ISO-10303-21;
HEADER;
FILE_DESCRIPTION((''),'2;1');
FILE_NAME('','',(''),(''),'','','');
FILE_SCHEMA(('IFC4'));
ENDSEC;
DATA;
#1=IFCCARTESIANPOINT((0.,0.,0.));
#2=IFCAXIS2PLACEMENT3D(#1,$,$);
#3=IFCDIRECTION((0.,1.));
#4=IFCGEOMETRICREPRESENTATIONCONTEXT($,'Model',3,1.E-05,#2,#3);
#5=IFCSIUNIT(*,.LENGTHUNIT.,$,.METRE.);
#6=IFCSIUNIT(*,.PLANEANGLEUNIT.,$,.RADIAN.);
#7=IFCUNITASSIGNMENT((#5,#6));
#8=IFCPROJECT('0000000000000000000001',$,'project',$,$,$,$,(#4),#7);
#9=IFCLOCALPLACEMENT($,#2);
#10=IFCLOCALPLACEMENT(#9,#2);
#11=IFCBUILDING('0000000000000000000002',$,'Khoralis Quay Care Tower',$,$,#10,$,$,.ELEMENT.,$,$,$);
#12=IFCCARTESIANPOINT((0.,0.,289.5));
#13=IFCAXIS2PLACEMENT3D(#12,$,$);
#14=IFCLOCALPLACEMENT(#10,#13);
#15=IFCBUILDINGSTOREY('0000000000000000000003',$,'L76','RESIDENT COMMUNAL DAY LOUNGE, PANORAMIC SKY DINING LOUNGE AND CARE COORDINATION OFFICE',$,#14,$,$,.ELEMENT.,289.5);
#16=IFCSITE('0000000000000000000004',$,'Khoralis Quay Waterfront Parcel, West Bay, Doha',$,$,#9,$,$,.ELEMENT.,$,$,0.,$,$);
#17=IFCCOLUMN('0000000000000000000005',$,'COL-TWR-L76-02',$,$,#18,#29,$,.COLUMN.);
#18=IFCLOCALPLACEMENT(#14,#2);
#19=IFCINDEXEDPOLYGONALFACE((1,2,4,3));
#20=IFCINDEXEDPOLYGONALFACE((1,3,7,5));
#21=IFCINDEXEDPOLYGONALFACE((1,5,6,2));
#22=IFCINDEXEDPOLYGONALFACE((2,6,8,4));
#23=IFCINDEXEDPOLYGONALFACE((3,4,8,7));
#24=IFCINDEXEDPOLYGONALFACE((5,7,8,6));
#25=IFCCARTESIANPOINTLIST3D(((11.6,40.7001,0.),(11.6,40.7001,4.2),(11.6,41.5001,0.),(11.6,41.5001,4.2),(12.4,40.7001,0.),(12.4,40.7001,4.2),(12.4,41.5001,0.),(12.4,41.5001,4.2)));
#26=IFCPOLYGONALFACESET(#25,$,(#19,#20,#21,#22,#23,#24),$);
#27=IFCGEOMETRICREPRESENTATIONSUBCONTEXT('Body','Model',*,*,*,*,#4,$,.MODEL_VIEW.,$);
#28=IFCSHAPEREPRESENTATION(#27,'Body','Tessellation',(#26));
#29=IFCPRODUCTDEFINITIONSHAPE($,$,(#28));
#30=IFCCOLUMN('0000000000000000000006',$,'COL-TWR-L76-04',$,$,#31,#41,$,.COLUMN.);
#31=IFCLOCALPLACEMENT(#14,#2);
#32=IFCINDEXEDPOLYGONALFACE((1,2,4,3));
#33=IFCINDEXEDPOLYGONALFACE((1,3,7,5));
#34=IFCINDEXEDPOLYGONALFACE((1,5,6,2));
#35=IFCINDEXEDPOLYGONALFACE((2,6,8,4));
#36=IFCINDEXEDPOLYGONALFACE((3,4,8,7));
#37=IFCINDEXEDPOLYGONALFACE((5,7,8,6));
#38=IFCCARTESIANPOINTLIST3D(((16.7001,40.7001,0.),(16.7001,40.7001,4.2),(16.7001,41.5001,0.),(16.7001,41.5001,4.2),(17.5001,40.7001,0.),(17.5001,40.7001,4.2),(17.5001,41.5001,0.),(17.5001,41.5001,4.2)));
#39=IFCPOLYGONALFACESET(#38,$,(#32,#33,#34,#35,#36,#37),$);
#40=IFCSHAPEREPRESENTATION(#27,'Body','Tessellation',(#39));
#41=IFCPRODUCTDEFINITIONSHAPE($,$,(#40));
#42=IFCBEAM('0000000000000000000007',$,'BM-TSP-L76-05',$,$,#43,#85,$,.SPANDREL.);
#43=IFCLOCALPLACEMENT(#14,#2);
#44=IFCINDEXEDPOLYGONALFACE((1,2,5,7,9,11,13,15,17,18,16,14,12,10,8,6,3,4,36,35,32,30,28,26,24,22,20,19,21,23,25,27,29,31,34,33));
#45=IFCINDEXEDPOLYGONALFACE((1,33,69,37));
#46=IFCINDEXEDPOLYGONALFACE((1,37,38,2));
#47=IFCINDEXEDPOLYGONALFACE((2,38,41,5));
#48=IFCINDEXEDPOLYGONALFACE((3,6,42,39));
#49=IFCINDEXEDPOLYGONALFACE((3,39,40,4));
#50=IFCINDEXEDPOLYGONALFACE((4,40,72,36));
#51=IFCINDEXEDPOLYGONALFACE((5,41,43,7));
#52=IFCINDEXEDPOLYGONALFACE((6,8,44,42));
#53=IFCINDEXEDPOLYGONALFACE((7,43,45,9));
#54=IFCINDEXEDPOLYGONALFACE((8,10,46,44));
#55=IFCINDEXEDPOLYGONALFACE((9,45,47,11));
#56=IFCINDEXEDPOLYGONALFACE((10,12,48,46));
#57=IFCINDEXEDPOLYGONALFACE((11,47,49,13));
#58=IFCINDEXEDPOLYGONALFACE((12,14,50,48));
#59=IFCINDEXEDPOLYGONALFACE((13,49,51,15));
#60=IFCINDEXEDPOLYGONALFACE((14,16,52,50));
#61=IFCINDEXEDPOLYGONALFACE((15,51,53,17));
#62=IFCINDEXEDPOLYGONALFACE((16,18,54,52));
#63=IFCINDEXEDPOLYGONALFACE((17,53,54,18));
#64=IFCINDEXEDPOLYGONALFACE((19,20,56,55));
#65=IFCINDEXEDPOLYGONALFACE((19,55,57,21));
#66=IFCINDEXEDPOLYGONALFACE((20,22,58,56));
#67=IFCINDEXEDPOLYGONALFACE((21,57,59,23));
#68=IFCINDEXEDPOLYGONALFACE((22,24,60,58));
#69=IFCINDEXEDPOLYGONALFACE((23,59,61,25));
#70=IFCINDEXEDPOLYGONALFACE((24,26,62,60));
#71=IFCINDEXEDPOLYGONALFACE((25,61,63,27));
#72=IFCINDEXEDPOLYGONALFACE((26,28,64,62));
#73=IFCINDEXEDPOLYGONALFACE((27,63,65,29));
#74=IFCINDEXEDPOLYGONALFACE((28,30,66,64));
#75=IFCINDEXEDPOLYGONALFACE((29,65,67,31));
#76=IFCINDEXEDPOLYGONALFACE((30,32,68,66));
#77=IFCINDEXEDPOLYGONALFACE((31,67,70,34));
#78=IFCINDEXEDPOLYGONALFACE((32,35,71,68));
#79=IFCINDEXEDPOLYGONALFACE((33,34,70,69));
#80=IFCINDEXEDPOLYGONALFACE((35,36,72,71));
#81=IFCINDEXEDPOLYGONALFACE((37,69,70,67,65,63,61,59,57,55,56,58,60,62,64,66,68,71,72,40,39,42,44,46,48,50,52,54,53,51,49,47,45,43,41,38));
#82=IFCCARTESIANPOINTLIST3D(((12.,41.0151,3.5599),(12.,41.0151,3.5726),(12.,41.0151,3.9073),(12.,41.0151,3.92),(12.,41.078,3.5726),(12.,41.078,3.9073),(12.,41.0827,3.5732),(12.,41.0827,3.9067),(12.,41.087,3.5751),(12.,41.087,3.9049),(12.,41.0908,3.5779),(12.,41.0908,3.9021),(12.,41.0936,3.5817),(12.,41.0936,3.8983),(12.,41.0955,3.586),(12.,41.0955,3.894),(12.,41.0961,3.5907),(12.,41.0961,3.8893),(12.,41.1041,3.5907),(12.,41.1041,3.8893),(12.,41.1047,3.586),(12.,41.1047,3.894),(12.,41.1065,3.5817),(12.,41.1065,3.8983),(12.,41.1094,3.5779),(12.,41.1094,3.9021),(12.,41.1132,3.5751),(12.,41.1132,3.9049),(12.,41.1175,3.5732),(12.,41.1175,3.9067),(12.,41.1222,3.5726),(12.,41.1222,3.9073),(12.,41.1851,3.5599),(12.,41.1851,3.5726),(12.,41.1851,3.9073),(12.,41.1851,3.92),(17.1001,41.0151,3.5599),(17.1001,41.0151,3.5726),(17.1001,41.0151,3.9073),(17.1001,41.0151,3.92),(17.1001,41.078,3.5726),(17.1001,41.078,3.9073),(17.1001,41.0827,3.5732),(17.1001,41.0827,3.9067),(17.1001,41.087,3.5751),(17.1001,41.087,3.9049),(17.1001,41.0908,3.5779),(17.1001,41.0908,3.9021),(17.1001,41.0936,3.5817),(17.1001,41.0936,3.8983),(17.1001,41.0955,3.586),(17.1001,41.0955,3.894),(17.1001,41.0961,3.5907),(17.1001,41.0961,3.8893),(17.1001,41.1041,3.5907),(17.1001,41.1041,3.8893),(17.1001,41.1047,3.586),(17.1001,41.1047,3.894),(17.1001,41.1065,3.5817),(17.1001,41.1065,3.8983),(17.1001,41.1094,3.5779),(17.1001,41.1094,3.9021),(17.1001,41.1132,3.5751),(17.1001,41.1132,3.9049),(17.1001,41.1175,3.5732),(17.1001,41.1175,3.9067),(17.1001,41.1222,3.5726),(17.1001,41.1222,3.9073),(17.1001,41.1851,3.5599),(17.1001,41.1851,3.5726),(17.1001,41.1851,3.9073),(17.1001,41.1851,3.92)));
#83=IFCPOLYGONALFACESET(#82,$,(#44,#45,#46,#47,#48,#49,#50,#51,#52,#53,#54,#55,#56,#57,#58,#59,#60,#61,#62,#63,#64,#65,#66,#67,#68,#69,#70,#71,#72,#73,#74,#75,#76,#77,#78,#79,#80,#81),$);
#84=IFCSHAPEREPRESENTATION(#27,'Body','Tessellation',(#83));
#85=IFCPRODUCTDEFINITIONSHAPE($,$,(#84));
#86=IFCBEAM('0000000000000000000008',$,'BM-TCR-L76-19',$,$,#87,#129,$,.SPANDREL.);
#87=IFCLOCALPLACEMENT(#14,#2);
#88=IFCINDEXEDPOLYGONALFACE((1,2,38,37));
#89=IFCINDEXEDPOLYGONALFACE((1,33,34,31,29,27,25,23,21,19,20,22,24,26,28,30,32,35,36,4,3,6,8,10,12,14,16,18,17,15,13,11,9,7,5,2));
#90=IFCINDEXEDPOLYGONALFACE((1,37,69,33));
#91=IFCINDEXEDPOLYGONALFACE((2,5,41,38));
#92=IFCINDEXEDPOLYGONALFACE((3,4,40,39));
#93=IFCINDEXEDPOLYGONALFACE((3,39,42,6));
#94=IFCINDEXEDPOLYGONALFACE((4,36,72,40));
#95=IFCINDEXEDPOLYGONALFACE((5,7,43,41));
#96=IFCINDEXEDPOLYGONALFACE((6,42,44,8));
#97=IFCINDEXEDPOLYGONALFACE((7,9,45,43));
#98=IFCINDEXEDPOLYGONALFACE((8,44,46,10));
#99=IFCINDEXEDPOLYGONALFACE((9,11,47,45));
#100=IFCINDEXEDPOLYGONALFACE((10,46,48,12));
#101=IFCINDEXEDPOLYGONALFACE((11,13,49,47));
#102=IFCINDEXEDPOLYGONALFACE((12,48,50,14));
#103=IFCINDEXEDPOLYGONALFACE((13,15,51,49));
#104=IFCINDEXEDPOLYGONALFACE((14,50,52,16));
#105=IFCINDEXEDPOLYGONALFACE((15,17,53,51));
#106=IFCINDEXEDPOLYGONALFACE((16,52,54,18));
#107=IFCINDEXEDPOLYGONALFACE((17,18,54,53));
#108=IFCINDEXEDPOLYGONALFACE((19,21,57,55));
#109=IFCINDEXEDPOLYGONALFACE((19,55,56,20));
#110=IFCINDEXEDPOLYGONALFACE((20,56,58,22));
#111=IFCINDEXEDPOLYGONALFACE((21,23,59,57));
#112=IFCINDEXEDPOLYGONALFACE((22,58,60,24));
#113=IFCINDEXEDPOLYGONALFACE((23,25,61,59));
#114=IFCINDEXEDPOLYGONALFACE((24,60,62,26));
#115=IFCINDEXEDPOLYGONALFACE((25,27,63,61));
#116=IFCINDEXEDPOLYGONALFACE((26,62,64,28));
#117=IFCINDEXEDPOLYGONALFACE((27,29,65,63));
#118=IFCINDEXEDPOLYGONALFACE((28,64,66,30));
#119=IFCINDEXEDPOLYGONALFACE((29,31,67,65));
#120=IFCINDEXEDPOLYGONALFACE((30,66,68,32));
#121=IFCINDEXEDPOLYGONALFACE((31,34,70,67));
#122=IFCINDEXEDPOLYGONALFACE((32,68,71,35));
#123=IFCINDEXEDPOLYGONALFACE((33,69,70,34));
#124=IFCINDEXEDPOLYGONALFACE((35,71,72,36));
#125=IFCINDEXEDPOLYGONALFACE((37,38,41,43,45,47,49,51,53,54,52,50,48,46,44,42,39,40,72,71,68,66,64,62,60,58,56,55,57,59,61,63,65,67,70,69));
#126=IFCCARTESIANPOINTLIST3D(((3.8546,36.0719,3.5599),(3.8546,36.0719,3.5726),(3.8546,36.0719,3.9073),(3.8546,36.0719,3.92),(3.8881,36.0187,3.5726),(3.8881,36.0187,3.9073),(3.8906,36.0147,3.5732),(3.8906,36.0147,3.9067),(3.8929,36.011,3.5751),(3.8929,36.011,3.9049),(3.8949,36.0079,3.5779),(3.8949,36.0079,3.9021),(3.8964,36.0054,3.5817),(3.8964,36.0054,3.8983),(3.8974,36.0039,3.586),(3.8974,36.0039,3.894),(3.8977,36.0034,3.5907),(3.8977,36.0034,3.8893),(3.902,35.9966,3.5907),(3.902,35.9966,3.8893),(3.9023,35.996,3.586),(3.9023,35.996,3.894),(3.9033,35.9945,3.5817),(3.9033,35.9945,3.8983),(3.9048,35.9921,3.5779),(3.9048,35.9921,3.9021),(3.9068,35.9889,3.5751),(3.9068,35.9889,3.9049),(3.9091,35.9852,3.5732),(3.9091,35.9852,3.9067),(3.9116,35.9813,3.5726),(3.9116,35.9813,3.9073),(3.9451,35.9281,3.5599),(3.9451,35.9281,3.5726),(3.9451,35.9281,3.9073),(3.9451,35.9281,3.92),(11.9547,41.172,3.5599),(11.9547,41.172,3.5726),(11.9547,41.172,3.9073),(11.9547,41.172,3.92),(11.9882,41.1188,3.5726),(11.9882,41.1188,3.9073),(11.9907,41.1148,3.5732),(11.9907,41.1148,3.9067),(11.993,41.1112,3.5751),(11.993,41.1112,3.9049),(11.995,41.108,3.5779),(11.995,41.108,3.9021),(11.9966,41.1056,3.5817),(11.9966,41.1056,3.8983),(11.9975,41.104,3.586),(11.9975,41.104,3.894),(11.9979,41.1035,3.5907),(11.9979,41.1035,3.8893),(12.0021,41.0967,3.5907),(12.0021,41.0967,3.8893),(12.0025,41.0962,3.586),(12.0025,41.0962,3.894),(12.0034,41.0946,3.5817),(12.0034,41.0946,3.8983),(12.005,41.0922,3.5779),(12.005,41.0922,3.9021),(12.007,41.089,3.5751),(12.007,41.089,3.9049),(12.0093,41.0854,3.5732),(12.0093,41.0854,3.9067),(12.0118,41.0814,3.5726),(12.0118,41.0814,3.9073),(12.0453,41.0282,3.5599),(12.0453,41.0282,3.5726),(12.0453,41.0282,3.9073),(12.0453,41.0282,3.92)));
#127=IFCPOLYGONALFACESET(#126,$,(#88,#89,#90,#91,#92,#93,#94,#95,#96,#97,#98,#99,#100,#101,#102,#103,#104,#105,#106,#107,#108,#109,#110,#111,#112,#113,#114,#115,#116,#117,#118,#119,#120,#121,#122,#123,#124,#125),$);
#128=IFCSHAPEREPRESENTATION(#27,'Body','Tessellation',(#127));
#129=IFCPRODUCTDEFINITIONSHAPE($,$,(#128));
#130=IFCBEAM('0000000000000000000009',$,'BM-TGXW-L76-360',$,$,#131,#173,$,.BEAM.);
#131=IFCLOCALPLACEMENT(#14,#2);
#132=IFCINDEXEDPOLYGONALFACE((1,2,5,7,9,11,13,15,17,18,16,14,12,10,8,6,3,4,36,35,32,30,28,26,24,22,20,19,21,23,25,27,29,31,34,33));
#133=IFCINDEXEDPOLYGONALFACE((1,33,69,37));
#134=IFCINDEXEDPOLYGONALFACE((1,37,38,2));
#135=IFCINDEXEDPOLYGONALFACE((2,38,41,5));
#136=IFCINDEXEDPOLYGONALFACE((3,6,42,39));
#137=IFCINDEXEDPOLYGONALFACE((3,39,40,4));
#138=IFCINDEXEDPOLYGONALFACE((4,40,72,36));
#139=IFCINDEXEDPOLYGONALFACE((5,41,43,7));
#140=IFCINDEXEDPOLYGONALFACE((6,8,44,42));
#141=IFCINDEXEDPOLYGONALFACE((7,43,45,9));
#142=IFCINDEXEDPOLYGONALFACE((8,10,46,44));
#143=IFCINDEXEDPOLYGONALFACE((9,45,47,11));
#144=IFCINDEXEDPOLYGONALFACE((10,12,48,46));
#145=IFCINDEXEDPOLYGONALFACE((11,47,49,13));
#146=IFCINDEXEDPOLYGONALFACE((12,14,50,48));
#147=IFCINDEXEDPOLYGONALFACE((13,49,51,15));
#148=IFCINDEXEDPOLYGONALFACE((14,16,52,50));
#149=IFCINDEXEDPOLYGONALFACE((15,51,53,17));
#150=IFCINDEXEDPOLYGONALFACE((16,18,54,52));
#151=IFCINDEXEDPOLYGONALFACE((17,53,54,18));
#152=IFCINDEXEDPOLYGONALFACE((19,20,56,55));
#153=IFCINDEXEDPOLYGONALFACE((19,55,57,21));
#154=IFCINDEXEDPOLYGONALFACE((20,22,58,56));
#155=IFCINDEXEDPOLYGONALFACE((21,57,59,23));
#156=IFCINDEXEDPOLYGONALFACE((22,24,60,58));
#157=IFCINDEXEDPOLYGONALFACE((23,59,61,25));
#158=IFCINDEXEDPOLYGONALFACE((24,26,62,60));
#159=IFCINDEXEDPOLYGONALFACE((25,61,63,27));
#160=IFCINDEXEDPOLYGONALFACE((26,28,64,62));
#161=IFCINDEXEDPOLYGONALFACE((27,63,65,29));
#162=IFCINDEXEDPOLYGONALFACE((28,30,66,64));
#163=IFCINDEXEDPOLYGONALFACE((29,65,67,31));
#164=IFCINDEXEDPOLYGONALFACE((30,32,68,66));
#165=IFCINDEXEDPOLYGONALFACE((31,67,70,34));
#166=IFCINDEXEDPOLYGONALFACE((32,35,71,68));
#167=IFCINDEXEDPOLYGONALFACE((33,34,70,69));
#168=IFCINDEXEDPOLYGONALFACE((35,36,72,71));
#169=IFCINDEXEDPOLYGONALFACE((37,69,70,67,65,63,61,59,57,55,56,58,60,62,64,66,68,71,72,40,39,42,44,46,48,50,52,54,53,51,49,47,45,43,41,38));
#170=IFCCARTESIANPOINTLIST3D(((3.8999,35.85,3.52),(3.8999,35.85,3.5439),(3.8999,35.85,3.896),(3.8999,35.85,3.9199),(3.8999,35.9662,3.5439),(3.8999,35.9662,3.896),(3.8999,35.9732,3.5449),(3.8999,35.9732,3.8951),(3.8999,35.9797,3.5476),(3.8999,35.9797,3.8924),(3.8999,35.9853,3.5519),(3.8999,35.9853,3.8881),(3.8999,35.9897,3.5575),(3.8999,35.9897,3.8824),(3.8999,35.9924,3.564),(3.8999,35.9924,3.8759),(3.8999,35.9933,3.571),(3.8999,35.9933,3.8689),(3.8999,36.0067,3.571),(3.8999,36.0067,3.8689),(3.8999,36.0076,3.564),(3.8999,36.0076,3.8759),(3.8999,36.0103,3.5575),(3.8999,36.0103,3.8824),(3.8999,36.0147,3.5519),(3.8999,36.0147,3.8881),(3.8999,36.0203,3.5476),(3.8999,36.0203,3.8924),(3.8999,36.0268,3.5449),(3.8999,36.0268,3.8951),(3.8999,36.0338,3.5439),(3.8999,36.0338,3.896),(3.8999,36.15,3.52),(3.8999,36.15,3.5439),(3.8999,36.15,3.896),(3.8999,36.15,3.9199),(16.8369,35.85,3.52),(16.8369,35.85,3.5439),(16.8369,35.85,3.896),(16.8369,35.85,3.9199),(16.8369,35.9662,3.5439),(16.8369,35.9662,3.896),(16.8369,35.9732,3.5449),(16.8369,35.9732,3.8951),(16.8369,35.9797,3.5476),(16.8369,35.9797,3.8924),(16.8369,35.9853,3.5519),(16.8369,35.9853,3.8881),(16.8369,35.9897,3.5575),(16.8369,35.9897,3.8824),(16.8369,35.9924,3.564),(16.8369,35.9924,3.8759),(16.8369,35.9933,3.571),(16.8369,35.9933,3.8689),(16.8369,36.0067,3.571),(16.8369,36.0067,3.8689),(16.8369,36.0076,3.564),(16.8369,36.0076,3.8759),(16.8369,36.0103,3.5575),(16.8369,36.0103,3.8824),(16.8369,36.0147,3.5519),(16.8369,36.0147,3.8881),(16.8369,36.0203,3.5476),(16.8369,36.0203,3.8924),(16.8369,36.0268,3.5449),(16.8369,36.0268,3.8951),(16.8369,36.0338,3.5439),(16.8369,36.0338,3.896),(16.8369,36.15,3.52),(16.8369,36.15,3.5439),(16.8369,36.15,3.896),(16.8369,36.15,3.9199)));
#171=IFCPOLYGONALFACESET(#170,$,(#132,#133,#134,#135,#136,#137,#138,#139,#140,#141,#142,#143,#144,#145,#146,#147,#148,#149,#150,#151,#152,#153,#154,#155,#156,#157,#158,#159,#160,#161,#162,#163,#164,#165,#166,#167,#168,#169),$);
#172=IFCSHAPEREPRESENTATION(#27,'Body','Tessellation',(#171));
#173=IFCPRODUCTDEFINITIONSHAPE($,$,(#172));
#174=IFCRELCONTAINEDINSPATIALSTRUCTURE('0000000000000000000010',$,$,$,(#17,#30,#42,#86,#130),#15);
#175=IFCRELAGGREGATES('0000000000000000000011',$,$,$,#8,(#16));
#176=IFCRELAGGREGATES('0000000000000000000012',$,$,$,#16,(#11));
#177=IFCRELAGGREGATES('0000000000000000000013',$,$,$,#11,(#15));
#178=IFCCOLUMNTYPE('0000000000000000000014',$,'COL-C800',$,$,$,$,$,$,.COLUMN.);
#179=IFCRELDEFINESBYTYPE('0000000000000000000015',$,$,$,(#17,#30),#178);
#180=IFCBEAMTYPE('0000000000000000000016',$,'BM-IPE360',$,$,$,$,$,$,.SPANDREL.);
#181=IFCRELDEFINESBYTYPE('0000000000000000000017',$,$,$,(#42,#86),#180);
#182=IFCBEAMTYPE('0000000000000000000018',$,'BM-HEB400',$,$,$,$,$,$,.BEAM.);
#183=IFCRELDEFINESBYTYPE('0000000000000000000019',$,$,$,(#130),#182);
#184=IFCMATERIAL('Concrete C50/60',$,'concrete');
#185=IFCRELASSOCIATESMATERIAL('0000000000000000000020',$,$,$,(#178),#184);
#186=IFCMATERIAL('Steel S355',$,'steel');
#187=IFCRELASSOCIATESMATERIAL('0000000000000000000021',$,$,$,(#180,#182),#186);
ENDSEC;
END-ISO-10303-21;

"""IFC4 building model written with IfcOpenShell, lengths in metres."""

from ifc_helpers import new_model, si_unit, direction, frame, origin, origin_2d, place, context, subcontext, project, spatial, rectangle, i_section, extrude, source, transform, mapped, material, material_profile, profile_set, type_object, element, save


model = new_model("IFC4")

# Units and contexts
model_context = context("Model", 3, precision=1e-05, world=origin(), true_north=direction((0.0, 1.0)))
body_context = subcontext(model_context, "Body", "Model", "MODEL_VIEW")
ifc_project = project(units=[si_unit("LENGTHUNIT", "METRE"), si_unit("PLANEANGLEUNIT", "RADIAN")], contexts=[model_context])

# Site, building, storey
site_placement = place(None, origin())
site = spatial("IfcSite", under=ifc_project, at=site_placement, Name="Khoralis Quay Waterfront Parcel, West Bay, Doha", CompositionType="ELEMENT", RefElevation=0.0)
building_placement = place(site_placement, origin())
building = spatial("IfcBuilding", under=site, at=building_placement, Name="Khoralis Quay Care Tower", CompositionType="ELEMENT")
storey_placement = place(building_placement, frame((0.0, 0.0, 289.5)))
storey = spatial("IfcBuildingStorey", under=building, at=storey_placement, Name="L76", Description="RESIDENT COMMUNAL DAY LOUNGE, PANORAMIC SKY DINING LOUNGE AND CARE COORDINATION OFFICE", CompositionType="ELEMENT", Elevation=289.5)

# Columns
ifc_material_1 = material(Name="Concrete C50/60", Category="concrete")
ifc_material_profile_1 = material_profile(ifc_material_1, rectangle(XDim=0.8, YDim=0.8, at=origin_2d()), Name="Concrete C50/60")
ifc_profile_set_1 = profile_set([ifc_material_profile_1], Name="Concrete C50/60")
column_type = type_object("IfcColumnType", Name="COL-C800", PredefinedType="COLUMN", material=ifc_profile_set_1)
shared_shape_1 = source(origin(), body_context, "Body", "SweptSolid", [
    extrude(rectangle(XDim=0.8, YDim=0.8, at=origin_2d()), origin(), (0.0, 0.0, 1.0), 4.2),
])
for number, where, z_axis, x_axis, name in (
    (1, (12.0, 41.1001, 0.0), (0.0, 0.0, 1.0), (1.0, 0.0, 0.0), "COL-TWR-L76-02"),
    (2, (17.1001, 41.1001, 0.0), (0.0, 0.0, 1.0), (1.0, 0.0, 0.0), "COL-TWR-L76-04"),
):
    element("IfcColumn", number, at=place(storey_placement, frame(where, z_axis=z_axis, x_axis=x_axis)), inside=storey, type_object=column_type, Name=name, PredefinedType="COLUMN", context=body_context, shape_type="MappedRepresentation", body=[
        mapped(shared_shape_1, transform((0.0, 0.0, 0.0), scale=1.0)),
    ])

# Beams
ifc_material_2 = material(Name="Steel S355", Category="steel")
ifc_material_profile_2 = material_profile(ifc_material_2, i_section(OverallWidth=0.1699, OverallDepth=0.3601, WebThickness=0.0081, FlangeThickness=0.0127, FilletRadius=0.0181, at=origin_2d()), Name="Steel S355")
ifc_profile_set_2 = profile_set([ifc_material_profile_2], Name="Steel S355")
beam_type_1 = type_object("IfcBeamType", Name="BM-IPE360", PredefinedType="SPANDREL", material=ifc_profile_set_2)
shared_shape_2 = source(origin(), body_context, "Body", "SweptSolid", [
    extrude(i_section(OverallWidth=0.1699, OverallDepth=0.3601, WebThickness=0.0081, FlangeThickness=0.0127, FilletRadius=0.0181, at=origin_2d()), origin(), (0.0, 0.0, 1.0), 5.1001),
])
beam_1_placement = place(storey_placement, frame((12.0, 41.1001, 3.74), z_axis=(1.0, 0.0, 0.0), x_axis=(0.0, 1.0, 0.0)))
element("IfcBeam", 3, at=beam_1_placement, inside=storey, type_object=beam_type_1, Name="BM-TSP-L76-05", PredefinedType="SPANDREL", context=body_context, shape_type="MappedRepresentation", body=[
    mapped(shared_shape_2, transform((0.0, 0.0, 0.0), scale=1.0)),
])
shared_shape_3 = source(origin(), body_context, "Body", "SweptSolid", [
    extrude(i_section(OverallWidth=0.1699, OverallDepth=0.3601, WebThickness=0.0081, FlangeThickness=0.0127, FilletRadius=0.0181, at=origin_2d()), origin(), (0.0, 0.0, 1.0), 9.572),
])
beam_2_placement = place(storey_placement, frame((12.0, 41.1001, 3.74), z_axis=(-0.846231, -0.532816, 0.0), x_axis=(0.532816, -0.846231, 0.0)))
element("IfcBeam", 4, at=beam_2_placement, inside=storey, type_object=beam_type_1, Name="BM-TCR-L76-19", PredefinedType="SPANDREL", context=body_context, shape_type="MappedRepresentation", body=[
    mapped(shared_shape_3, transform((0.0, 0.0, 0.0), scale=1.0)),
])
ifc_material_profile_3 = material_profile(ifc_material_2, i_section(OverallWidth=0.3, OverallDepth=0.3999, WebThickness=0.0134, FlangeThickness=0.0239, FilletRadius=0.0271, at=origin_2d()), Name="Steel S355")
ifc_profile_set_3 = profile_set([ifc_material_profile_3], Name="Steel S355")
beam_type_2 = type_object("IfcBeamType", Name="BM-HEB400", PredefinedType="BEAM", material=ifc_profile_set_3)
shared_shape_4 = source(origin(), body_context, "Body", "SweptSolid", [
    extrude(i_section(OverallWidth=0.3, OverallDepth=0.3999, WebThickness=0.0134, FlangeThickness=0.0239, FilletRadius=0.0271, at=origin_2d()), origin(), (0.0, 0.0, 1.0), 12.937),
])
beam_3_placement = place(storey_placement, frame((3.8999, 36.0, 3.72), z_axis=(1.0, 0.0, 0.0), x_axis=(0.0, 1.0, 0.0)))
element("IfcBeam", 5, at=beam_3_placement, inside=storey, type_object=beam_type_2, Name="BM-TGXW-L76-360", PredefinedType="BEAM", context=body_context, shape_type="MappedRepresentation", body=[
    mapped(shared_shape_4, transform((0.0, 0.0, 0.0), scale=1.0)),
])

save(model, "model.ifc")
